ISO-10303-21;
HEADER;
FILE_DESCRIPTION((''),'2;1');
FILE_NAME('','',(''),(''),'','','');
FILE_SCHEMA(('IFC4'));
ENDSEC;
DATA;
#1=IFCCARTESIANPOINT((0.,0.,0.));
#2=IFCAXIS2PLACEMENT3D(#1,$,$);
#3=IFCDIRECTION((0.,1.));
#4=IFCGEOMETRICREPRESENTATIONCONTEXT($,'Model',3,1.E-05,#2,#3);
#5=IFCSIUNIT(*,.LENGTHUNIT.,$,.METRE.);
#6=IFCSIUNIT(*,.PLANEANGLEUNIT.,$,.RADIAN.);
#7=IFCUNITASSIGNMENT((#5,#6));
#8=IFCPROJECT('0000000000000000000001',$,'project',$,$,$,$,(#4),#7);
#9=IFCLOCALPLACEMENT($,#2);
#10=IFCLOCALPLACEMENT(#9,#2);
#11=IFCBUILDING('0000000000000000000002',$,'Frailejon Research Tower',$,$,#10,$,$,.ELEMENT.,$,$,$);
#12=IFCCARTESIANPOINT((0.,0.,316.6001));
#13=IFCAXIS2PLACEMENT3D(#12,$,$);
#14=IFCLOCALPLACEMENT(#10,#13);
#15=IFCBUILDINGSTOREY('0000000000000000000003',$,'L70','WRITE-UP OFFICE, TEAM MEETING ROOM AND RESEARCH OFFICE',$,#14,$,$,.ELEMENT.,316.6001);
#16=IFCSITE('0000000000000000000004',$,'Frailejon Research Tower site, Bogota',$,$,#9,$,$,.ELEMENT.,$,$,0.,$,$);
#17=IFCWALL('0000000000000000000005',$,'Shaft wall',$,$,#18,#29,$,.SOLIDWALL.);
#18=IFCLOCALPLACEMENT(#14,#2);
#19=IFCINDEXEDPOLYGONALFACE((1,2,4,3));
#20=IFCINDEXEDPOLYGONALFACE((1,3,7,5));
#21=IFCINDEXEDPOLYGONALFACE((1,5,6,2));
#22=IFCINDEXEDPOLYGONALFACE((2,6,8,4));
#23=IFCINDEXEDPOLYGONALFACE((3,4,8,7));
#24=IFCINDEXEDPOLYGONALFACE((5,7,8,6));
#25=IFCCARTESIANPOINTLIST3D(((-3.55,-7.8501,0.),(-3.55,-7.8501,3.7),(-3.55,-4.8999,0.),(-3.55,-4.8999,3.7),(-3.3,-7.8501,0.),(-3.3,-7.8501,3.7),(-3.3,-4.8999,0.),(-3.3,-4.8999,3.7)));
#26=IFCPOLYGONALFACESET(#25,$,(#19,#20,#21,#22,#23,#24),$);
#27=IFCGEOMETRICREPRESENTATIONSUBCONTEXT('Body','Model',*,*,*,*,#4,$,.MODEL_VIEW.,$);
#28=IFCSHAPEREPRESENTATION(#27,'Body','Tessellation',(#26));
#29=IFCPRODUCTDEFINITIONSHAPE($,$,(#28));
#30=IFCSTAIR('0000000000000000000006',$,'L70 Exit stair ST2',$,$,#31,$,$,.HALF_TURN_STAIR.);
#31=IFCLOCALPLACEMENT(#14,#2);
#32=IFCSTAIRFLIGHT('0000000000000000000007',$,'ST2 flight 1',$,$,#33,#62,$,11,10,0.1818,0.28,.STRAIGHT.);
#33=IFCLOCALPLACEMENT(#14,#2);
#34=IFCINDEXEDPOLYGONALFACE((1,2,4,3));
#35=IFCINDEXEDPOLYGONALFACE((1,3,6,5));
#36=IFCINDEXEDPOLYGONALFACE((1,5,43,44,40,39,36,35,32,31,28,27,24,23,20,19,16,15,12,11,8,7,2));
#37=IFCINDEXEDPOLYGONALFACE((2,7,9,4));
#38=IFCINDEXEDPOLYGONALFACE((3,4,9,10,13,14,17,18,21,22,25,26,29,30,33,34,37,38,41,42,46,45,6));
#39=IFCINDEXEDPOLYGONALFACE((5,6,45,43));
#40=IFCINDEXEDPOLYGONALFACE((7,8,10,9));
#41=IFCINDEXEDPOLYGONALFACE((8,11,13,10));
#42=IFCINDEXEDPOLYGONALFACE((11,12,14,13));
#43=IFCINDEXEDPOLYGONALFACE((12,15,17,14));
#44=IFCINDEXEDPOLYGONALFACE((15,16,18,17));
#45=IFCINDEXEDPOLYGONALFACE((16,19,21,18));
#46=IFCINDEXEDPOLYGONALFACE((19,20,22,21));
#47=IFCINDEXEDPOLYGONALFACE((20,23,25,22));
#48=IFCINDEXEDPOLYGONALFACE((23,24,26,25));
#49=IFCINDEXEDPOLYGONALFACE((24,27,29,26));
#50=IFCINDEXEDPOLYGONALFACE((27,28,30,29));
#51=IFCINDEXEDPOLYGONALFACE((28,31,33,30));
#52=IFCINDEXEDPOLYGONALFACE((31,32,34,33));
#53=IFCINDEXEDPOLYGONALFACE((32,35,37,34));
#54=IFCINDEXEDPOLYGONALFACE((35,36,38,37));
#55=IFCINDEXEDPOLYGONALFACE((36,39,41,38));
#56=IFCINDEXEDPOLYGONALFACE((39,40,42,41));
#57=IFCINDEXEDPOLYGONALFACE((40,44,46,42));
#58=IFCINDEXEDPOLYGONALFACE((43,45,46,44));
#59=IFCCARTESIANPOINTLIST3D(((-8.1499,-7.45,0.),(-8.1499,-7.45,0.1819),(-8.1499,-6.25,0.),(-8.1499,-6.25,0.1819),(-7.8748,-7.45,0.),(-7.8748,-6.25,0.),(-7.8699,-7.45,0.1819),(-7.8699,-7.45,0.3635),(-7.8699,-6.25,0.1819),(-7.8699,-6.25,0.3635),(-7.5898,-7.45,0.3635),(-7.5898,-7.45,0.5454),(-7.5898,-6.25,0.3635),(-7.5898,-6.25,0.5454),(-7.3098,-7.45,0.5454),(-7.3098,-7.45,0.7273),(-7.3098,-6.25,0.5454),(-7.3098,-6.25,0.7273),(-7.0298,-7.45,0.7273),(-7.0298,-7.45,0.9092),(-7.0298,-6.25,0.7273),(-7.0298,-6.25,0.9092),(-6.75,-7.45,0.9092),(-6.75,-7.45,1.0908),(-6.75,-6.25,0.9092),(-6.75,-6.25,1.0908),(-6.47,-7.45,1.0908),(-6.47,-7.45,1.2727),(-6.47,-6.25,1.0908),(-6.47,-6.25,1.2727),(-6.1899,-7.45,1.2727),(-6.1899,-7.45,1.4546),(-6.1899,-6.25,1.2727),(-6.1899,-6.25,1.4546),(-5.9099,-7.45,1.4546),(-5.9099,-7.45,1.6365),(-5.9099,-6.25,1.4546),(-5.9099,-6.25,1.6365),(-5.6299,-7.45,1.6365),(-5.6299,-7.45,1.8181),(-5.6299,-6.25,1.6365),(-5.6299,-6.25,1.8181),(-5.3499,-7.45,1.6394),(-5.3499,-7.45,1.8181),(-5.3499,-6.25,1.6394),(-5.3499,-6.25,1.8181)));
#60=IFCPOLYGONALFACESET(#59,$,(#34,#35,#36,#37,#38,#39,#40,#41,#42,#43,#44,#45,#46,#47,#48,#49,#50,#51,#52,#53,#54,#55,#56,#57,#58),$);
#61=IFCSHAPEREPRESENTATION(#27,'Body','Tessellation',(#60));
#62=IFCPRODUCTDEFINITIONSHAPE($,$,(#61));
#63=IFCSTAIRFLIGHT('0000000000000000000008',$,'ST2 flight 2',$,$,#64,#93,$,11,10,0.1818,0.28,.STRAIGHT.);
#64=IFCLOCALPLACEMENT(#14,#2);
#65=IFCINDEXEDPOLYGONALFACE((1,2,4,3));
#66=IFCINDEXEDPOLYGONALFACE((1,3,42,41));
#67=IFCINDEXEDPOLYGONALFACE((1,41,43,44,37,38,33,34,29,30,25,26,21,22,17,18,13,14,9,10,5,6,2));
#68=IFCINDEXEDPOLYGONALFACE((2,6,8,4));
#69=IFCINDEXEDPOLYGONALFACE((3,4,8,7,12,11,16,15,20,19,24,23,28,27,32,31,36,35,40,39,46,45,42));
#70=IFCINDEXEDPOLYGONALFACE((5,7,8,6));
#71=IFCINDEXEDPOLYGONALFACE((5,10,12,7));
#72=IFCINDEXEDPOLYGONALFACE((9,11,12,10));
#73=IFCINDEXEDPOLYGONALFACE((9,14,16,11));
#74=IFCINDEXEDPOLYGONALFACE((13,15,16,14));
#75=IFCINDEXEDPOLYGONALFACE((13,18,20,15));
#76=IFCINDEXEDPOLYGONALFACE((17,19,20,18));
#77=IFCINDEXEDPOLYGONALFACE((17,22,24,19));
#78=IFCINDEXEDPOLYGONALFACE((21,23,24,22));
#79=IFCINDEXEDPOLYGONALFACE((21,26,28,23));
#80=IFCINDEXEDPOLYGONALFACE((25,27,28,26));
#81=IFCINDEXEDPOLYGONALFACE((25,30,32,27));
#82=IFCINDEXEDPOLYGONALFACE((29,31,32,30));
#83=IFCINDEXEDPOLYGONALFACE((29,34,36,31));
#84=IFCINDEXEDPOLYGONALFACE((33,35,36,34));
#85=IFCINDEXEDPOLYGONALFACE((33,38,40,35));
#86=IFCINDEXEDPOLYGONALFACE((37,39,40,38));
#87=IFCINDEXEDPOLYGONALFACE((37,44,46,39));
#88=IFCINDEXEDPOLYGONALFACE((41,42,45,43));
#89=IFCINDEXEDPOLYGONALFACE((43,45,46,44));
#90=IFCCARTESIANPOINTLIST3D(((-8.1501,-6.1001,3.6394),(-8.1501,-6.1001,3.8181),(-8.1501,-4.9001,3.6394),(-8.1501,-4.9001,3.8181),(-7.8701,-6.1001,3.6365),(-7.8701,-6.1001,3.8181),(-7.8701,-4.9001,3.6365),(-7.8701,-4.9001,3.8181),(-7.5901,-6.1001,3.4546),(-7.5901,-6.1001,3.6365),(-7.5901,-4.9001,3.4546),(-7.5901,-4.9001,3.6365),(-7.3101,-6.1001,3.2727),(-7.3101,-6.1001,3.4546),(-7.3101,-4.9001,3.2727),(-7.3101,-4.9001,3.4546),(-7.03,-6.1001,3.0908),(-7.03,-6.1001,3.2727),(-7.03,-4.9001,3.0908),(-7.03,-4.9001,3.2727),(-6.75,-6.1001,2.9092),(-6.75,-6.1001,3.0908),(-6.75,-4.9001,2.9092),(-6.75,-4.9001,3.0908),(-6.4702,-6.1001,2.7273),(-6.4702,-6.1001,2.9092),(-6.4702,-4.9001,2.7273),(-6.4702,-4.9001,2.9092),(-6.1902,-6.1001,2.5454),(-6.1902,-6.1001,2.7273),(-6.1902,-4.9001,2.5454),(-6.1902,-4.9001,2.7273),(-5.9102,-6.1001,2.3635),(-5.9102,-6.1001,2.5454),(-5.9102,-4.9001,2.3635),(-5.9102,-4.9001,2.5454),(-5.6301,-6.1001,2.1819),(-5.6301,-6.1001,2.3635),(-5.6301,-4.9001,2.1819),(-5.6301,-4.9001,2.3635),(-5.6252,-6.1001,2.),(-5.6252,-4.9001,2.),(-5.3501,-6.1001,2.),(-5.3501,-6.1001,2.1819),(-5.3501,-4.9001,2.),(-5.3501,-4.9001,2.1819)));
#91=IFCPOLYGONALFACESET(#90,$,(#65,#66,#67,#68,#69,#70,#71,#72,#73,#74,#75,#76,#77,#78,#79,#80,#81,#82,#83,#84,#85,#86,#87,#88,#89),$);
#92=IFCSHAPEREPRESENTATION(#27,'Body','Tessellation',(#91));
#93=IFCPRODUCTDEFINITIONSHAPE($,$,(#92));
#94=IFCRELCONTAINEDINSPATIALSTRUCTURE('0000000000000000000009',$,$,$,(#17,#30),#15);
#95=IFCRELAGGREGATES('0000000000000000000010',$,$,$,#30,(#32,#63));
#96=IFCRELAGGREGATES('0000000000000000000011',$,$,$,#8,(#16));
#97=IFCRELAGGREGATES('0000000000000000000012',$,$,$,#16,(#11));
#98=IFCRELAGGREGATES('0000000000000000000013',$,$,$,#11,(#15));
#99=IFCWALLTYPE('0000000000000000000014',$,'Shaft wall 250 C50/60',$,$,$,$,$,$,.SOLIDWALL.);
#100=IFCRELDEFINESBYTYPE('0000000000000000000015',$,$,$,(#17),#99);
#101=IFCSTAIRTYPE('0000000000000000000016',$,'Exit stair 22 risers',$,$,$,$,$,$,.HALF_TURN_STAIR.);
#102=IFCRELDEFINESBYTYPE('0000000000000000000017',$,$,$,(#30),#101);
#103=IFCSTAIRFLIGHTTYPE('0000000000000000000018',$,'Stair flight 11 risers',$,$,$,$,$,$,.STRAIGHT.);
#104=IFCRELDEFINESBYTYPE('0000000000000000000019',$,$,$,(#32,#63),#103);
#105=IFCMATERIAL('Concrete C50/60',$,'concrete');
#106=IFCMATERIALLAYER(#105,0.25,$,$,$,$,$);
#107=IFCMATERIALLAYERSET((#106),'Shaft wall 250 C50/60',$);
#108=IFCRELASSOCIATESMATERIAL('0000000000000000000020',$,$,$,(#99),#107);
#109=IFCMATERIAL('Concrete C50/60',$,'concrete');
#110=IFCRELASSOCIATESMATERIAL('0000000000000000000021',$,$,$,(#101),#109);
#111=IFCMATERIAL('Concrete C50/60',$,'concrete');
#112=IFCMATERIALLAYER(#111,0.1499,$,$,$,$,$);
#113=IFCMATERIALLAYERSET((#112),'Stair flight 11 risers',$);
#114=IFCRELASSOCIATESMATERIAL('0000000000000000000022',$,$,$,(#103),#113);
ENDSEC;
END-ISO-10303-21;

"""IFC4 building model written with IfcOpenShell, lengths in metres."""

from ifc_helpers import new_model, si_unit, direction, frame, frame_2d, origin, place, context, subcontext, project, spatial, polyline, rectangle, outline, extrude, material, layer, layer_set, type_object, element, aggregate, save


model = new_model("IFC4")

# Units and contexts
model_context = context("Model", 3, precision=1e-05, world=origin(), true_north=direction((0.0, 1.0)))
body_context = subcontext(model_context, "Body", "Model", "MODEL_VIEW")
ifc_project = project(units=[si_unit("LENGTHUNIT", "METRE"), si_unit("PLANEANGLEUNIT", "RADIAN")], contexts=[model_context])

# Site, building, storey
site_placement = place(None, origin())
site = spatial("IfcSite", under=ifc_project, at=site_placement, Name="Frailejon Research Tower site, Bogota", CompositionType="ELEMENT", RefElevation=0.0)
building_placement = place(site_placement, origin())
building = spatial("IfcBuilding", under=site, at=building_placement, Name="Frailejon Research Tower", CompositionType="ELEMENT")
storey_placement = place(building_placement, frame((0.0, 0.0, 316.6001)))
storey = spatial("IfcBuildingStorey", under=building, at=storey_placement, Name="L70", Description="WRITE-UP OFFICE, TEAM MEETING ROOM AND RESEARCH OFFICE", CompositionType="ELEMENT", Elevation=316.6001)

# Shared definitions
ifc_material_1 = material(Name="Concrete C50/60", Category="concrete")
ifc_layer_1 = layer(ifc_material_1, 0.25)
ifc_layer_set_1 = layer_set([ifc_layer_1], Name="Shaft wall 250 C50/60")
wall_type_1 = type_object("IfcWallType", Name="Shaft wall 250 C50/60", PredefinedType="SOLIDWALL", material=ifc_layer_set_1)

# Wall
wall_1_placement = place(storey_placement, frame((-3.425, -7.8501, 0.0), z_axis=(0.0, 0.0, 1.0), x_axis=(0.0, 1.0, 0.0)))
element("IfcWall", 1, at=wall_1_placement, inside=storey, type_object=wall_type_1, Name="Shaft wall", PredefinedType="SOLIDWALL", context=body_context, shape_type="SweptSolid", body=[
    extrude(rectangle(XDim=2.9502, YDim=0.25, at=frame_2d((1.4751, 0.0))), origin(), (0.0, 0.0, 1.0), 3.7),
])

# Stair, stair flights
ifc_material_2 = material(Name="Concrete C50/60", Category="concrete")
stair_type = type_object("IfcStairType", Name="Exit stair 22 risers", PredefinedType="HALF_TURN_STAIR", material=ifc_material_2)
stair_placement = place(storey_placement, origin())
stair = element("IfcStair", 2, at=stair_placement, inside=storey, type_object=stair_type, Name="L70 Exit stair ST2", PredefinedType="HALF_TURN_STAIR")
ifc_material_3 = material(Name="Concrete C50/60", Category="concrete")
ifc_layer_2 = layer(ifc_material_3, 0.1499)
ifc_layer_set_2 = layer_set([ifc_layer_2], Name="Stair flight 11 risers")
stair_flight_type = type_object("IfcStairFlightType", Name="Stair flight 11 risers", PredefinedType="STRAIGHT", material=ifc_layer_set_2)
stair_flight_1_placement = place(storey_placement, frame((-8.1499, -6.8501, 0.0), z_axis=(0.0, 0.0, 1.0), x_axis=(1.0, 0.0, 0.0)))
stair_flight_1 = element("IfcStairFlight", 3, at=stair_flight_1_placement, type_object=stair_flight_type, Name="ST2 flight 1", NumberOfRisers=11, NumberOfTreads=10, PredefinedType="STRAIGHT", RiserHeight=0.1818, TreadLength=0.28, context=body_context, shape_type="SweptSolid", body=[
    extrude(outline(polyline([(0.0, 0.0), (0.0, 0.1819), (0.28, 0.1819), (0.28, 0.3635), (0.5601, 0.3635), (0.5601, 0.5454), (0.8401, 0.5454), (0.8401, 0.7273), (1.1201, 0.7273), (1.1201, 0.9092), (1.3999, 0.9092), (1.3999, 1.0908), (1.6799, 1.0908), (1.6799, 1.2727), (1.96, 1.2727), (1.96, 1.4546), (2.24, 1.4546), (2.24, 1.6365), (2.52, 1.6365), (2.52, 1.8181), (2.8, 1.8181), (2.8, 2.0), (2.8, 1.6394), (0.2751, 0.0), (0.0, 0.0)])), frame((0.0, 0.6001, 0.0), z_axis=(0.0, -1.0, 0.0), x_axis=(1.0, 0.0, 0.0)), (0.0, 0.0, 1.0), 1.2),
])
stair_flight_2_placement = place(storey_placement, frame((-5.3501, -5.5, 2.0), z_axis=(0.0, 0.0, 1.0), x_axis=(-1.0, 0.0, 0.0)))
stair_flight_2 = element("IfcStairFlight", 4, at=stair_flight_2_placement, type_object=stair_flight_type, Name="ST2 flight 2", NumberOfRisers=11, NumberOfTreads=10, PredefinedType="STRAIGHT", RiserHeight=0.1818, TreadLength=0.28, context=body_context, shape_type="SweptSolid", body=[
    extrude(outline(polyline([(0.0, 0.0), (0.0, 0.1819), (0.28, 0.1819), (0.28, 0.3635), (0.5601, 0.3635), (0.5601, 0.5454), (0.8401, 0.5454), (0.8401, 0.7273), (1.1201, 0.7273), (1.1201, 0.9092), (1.3999, 0.9092), (1.3999, 1.0908), (1.6799, 1.0908), (1.6799, 1.2727), (1.96, 1.2727), (1.96, 1.4546), (2.24, 1.4546), (2.24, 1.6365), (2.52, 1.6365), (2.52, 1.8181), (2.8, 1.8181), (2.8, 2.0), (2.8, 1.6394), (0.2751, 0.0), (0.0, 0.0)])), frame((0.0, 0.6001, 0.0), z_axis=(0.0, -1.0, 0.0), x_axis=(1.0, 0.0, 0.0)), (0.0, 0.0, 1.0), 1.2),
])
aggregate(stair, [stair_flight_1, stair_flight_2])

save(model, "model.ifc")
